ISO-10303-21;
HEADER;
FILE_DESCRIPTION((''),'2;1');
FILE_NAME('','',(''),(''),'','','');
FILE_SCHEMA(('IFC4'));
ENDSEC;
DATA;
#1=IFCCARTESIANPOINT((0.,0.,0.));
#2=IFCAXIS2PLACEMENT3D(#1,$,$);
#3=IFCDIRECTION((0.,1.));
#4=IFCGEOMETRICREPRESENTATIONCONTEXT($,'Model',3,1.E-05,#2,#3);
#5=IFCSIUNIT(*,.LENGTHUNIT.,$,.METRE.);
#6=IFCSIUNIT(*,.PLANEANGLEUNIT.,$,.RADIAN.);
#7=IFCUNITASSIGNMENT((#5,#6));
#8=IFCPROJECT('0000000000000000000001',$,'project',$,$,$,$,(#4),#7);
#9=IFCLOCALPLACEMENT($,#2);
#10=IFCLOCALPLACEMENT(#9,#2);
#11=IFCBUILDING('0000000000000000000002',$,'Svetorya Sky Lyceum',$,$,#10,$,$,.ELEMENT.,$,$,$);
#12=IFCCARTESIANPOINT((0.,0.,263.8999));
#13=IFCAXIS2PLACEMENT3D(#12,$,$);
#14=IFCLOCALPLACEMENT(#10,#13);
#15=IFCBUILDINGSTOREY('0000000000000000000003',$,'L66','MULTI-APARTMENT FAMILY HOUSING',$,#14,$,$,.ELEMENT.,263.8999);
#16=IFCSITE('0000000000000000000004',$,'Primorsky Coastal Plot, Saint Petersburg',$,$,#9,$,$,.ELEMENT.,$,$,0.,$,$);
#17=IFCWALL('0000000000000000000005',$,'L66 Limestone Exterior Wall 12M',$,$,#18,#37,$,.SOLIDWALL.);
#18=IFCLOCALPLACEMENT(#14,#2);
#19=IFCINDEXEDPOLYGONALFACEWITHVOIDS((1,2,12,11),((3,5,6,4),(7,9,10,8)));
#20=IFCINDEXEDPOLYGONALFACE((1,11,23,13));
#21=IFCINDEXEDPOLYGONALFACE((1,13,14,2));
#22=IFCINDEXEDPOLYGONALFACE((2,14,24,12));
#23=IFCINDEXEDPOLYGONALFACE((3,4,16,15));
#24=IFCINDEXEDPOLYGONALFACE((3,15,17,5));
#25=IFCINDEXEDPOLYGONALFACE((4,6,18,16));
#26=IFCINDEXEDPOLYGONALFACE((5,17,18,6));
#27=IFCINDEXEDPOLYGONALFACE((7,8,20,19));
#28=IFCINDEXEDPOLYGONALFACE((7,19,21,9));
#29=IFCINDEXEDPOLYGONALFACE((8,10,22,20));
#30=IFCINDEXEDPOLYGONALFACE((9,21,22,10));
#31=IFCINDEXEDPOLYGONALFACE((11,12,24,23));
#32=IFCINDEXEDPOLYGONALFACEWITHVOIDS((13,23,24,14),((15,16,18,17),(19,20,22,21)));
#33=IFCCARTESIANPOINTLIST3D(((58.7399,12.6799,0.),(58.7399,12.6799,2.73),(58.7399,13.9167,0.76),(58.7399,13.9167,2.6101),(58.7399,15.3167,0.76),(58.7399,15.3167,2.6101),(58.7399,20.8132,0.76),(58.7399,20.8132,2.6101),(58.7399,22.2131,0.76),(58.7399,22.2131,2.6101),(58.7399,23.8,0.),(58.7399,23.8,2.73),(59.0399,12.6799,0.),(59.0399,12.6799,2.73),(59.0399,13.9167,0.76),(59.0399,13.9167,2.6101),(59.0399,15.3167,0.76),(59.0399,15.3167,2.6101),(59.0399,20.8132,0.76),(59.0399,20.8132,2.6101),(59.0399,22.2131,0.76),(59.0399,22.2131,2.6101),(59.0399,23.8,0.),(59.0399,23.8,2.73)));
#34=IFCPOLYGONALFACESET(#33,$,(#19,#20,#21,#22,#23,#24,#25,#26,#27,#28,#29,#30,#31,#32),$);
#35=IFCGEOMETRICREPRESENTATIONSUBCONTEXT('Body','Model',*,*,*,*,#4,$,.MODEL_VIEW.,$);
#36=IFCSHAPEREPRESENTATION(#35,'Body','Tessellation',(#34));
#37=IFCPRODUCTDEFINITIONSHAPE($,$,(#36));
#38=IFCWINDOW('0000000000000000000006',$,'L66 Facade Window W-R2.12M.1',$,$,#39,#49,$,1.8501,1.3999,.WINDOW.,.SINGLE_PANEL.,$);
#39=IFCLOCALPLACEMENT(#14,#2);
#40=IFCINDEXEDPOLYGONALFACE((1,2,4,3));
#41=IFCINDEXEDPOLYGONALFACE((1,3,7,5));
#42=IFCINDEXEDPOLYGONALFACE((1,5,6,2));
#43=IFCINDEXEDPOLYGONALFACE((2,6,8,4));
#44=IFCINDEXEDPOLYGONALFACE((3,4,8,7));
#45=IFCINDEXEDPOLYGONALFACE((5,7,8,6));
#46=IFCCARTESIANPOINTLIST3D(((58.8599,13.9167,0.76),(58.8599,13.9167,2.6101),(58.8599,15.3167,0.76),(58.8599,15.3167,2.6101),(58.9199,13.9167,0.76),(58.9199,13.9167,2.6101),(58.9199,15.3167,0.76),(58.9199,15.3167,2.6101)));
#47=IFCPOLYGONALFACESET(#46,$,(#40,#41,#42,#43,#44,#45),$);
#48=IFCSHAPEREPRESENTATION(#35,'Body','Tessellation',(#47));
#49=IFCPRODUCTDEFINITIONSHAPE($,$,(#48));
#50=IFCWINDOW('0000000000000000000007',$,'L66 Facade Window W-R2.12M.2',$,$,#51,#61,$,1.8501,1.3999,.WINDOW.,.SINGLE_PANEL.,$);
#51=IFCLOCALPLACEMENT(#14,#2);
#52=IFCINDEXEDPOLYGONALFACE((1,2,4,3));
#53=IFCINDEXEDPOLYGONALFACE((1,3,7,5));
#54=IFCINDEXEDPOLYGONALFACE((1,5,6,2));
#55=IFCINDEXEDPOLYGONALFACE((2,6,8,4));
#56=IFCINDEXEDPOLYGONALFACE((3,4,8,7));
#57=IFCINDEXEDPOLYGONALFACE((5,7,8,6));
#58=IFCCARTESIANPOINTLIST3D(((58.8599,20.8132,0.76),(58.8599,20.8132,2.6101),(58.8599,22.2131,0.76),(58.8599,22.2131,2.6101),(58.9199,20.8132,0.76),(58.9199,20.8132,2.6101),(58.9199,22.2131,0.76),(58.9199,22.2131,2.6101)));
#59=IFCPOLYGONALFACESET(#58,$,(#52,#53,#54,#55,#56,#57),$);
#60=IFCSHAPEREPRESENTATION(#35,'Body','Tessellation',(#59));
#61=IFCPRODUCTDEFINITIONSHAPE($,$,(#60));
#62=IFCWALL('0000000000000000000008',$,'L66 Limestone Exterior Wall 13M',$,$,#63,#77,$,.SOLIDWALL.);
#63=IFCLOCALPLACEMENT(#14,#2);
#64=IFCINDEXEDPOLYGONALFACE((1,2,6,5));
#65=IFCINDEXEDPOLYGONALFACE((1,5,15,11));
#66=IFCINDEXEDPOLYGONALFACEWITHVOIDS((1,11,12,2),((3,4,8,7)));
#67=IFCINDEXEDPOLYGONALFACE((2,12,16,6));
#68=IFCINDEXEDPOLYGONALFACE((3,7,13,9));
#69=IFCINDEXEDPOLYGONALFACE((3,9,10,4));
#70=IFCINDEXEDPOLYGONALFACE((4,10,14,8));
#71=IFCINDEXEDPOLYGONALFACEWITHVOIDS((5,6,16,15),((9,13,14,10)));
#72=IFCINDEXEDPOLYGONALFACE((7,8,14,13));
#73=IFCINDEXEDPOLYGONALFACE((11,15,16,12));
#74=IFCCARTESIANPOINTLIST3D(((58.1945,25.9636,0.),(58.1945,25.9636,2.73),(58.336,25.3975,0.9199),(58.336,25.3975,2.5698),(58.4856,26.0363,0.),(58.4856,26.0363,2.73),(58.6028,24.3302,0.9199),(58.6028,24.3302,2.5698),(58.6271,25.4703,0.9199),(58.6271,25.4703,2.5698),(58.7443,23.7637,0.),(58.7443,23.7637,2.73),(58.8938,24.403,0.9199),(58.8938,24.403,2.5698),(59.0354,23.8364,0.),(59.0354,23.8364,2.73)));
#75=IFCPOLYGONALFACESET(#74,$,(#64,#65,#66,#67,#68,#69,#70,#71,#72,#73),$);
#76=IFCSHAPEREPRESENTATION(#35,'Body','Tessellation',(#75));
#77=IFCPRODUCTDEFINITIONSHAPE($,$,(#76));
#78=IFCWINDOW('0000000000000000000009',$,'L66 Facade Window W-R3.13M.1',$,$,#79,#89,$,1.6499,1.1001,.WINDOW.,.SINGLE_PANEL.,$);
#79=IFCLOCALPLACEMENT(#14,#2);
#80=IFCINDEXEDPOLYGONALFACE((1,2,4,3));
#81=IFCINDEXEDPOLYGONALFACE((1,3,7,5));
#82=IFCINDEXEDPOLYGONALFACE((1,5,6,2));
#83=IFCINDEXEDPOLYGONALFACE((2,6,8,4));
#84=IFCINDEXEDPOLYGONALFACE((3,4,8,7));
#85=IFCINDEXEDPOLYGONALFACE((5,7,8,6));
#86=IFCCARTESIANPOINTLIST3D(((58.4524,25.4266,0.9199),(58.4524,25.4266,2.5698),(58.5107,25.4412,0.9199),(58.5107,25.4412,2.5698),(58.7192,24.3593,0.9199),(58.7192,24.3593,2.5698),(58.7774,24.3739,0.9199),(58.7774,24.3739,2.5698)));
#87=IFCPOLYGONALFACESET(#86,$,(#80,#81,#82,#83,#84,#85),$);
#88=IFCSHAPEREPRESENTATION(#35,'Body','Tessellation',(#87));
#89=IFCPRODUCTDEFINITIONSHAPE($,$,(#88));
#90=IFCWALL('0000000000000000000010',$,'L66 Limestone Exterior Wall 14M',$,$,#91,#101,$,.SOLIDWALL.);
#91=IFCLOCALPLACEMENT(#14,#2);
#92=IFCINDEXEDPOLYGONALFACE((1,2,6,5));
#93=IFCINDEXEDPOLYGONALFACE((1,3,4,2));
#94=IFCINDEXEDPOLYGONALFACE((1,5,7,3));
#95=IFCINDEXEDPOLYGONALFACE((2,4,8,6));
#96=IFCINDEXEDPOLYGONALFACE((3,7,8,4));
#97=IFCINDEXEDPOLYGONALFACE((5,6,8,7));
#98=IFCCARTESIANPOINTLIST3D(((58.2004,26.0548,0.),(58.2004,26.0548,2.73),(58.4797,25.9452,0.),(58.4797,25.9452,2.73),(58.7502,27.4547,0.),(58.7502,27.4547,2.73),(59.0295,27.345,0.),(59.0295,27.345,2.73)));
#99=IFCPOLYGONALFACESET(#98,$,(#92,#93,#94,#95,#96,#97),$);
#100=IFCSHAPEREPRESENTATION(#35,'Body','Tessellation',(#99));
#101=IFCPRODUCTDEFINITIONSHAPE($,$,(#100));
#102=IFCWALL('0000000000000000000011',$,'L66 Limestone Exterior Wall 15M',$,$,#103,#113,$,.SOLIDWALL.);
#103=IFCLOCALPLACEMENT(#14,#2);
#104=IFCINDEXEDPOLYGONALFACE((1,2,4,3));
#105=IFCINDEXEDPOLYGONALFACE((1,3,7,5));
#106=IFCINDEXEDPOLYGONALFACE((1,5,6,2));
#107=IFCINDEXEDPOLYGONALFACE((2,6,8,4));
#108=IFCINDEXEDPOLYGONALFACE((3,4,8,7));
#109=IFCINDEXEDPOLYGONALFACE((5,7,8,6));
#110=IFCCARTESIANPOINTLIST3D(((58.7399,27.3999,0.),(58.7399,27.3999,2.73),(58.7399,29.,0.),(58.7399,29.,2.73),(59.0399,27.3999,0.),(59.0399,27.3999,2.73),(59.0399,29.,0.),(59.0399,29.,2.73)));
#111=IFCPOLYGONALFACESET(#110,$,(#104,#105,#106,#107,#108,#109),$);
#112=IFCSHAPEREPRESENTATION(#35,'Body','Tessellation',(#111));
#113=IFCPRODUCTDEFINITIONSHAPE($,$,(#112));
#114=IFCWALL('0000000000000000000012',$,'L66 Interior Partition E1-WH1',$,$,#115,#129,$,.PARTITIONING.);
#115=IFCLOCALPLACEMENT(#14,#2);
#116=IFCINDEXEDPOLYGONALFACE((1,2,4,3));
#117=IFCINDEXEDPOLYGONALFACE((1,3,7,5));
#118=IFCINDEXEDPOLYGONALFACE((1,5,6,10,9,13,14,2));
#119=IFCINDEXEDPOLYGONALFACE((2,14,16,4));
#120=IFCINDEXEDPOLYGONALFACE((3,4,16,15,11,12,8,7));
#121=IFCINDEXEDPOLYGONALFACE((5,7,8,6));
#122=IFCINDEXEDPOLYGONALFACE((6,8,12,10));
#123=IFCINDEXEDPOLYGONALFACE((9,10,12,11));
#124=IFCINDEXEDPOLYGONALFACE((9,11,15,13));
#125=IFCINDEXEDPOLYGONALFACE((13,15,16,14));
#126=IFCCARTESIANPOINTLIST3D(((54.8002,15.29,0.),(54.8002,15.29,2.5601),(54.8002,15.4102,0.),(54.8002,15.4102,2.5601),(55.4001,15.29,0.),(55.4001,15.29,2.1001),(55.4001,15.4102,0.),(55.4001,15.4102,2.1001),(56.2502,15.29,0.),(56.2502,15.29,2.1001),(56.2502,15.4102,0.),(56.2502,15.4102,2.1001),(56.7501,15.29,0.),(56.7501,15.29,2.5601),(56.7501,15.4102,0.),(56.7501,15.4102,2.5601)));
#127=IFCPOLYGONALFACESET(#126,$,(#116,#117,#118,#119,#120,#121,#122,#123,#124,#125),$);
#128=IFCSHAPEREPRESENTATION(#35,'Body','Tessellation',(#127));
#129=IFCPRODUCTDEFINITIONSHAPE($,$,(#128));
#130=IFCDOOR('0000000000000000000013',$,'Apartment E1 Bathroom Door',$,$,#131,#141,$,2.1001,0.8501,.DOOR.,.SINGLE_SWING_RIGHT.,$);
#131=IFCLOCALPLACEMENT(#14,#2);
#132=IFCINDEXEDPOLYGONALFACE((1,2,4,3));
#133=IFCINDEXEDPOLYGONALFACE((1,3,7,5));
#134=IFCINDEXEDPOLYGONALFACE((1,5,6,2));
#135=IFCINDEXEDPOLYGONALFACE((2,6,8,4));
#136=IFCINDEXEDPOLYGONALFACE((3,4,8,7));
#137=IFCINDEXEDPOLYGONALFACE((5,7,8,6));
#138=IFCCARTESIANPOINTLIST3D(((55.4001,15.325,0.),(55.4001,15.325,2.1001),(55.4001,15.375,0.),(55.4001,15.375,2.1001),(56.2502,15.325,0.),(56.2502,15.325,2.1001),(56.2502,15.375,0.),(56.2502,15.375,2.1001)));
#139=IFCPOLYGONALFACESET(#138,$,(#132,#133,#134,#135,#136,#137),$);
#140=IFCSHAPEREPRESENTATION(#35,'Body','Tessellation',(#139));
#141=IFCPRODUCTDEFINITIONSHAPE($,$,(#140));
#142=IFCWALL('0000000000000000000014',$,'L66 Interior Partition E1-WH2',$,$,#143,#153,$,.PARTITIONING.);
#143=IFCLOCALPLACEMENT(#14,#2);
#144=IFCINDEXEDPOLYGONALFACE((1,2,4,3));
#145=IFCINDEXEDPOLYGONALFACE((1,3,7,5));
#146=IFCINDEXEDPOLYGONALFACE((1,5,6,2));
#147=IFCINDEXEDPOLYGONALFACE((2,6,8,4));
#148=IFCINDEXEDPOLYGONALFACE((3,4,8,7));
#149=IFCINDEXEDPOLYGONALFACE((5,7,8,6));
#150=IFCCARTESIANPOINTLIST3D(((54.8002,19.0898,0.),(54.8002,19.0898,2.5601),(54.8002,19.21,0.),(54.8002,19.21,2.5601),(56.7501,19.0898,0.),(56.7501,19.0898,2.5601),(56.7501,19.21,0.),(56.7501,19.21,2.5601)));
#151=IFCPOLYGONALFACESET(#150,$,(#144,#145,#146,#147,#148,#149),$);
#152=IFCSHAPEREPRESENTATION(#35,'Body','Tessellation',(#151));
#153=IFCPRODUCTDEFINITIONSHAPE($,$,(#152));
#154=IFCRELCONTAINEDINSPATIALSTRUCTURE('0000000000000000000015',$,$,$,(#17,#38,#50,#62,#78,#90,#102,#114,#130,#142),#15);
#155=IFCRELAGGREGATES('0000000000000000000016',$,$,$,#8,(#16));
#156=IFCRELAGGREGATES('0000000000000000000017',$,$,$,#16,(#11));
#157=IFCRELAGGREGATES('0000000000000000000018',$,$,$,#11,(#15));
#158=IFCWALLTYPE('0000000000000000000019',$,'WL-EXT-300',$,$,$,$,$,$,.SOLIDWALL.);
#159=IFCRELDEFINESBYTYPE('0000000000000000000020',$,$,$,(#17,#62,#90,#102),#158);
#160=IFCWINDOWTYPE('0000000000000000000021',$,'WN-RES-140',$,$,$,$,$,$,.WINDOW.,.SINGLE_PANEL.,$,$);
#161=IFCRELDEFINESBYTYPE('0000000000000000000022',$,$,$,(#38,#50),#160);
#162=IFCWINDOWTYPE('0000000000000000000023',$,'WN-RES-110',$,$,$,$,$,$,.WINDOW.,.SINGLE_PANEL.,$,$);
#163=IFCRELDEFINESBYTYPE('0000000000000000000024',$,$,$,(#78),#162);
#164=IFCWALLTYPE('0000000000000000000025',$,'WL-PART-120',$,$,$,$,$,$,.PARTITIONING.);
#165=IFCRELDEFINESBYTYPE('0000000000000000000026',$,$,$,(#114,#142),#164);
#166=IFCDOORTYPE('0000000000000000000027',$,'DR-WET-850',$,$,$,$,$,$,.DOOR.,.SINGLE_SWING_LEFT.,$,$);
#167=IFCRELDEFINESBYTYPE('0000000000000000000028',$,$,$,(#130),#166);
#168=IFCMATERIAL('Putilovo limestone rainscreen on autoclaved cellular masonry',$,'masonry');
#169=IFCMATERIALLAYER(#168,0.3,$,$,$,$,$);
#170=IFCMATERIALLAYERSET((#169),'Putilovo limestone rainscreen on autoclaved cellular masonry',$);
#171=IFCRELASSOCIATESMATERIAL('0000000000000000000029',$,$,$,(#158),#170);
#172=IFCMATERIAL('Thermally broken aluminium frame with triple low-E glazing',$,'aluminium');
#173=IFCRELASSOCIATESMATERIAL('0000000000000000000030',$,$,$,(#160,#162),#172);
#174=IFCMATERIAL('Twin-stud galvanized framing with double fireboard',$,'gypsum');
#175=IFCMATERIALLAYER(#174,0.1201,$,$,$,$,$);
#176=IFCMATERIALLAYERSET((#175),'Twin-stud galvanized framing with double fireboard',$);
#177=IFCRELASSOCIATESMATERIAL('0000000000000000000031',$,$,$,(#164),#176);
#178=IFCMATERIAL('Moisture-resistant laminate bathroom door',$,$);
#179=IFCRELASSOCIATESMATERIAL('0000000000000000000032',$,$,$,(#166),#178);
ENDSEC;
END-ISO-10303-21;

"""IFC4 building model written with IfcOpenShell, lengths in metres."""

from ifc_helpers import new_model, si_unit, direction, frame, frame_2d, origin, place, context, subcontext, project, spatial, rectangle, extrude, material, layer, layer_set, type_object, element, fill, save


model = new_model("IFC4")

# Units and contexts
model_context = context("Model", 3, precision=1e-05, world=origin(), true_north=direction((0.0, 1.0)))
body_context = subcontext(model_context, "Body", "Model", "MODEL_VIEW")
ifc_project = project(units=[si_unit("LENGTHUNIT", "METRE"), si_unit("PLANEANGLEUNIT", "RADIAN")], contexts=[model_context])

# Site, building, storey
site_placement = place(None, origin())
site = spatial("IfcSite", under=ifc_project, at=site_placement, Name="Primorsky Coastal Plot, Saint Petersburg", CompositionType="ELEMENT", RefElevation=0.0)
building_placement = place(site_placement, origin())
building = spatial("IfcBuilding", under=site, at=building_placement, Name="Svetorya Sky Lyceum", CompositionType="ELEMENT")
storey_placement = place(building_placement, frame((0.0, 0.0, 263.8999)))
storey = spatial("IfcBuildingStorey", under=building, at=storey_placement, Name="L66", Description="MULTI-APARTMENT FAMILY HOUSING", CompositionType="ELEMENT", Elevation=263.8999)

# Shared definitions
ifc_material_1 = material(Name="Putilovo limestone rainscreen on autoclaved cellular masonry", Category="masonry")
ifc_layer_1 = layer(ifc_material_1, 0.3)
ifc_layer_set_1 = layer_set([ifc_layer_1], Name="Putilovo limestone rainscreen on autoclaved cellular masonry")
wall_type_1 = type_object("IfcWallType", Name="WL-EXT-300", PredefinedType="SOLIDWALL", material=ifc_layer_set_1)

# Wall, openings, windows
wall_1_placement = place(storey_placement, frame((58.8899, 12.6799, 0.0), z_axis=(0.0, 0.0, 1.0), x_axis=(0.0, 1.0, 0.0)))
wall_1 = element("IfcWall", 1, at=wall_1_placement, inside=storey, type_object=wall_type_1, Name="L66 Limestone Exterior Wall 12M", PredefinedType="SOLIDWALL", context=body_context, shape_type="SweptSolid", body=[
    extrude(rectangle(XDim=11.1201, YDim=0.3, at=frame_2d((5.5601, 0.0))), origin(), (0.0, 0.0, 1.0), 2.73),
])
opening_1_placement = place(wall_1_placement, frame((1.2368, 0.0, 0.76)))
opening_1 = element("IfcOpeningElement", 2, at=opening_1_placement, cuts=wall_1, PredefinedType="OPENING", context=body_context, shape_type="SweptSolid", body=[
    extrude(rectangle(XDim=1.3999, YDim=1.8501, at=frame_2d((0.7, 0.925))), frame((0.0, 0.1599, 0.0), z_axis=(0.0, -1.0, 0.0), x_axis=(1.0, 0.0, 0.0)), (0.0, 0.0, 1.0), 0.3201),
])
opening_2_placement = place(wall_1_placement, frame((8.1333, 0.0, 0.76)))
opening_2 = element("IfcOpeningElement", 3, at=opening_2_placement, cuts=wall_1, PredefinedType="OPENING", context=body_context, shape_type="SweptSolid", body=[
    extrude(rectangle(XDim=1.3999, YDim=1.8501, at=frame_2d((0.7, 0.925))), frame((0.0, 0.1599, 0.0), z_axis=(0.0, -1.0, 0.0), x_axis=(1.0, 0.0, 0.0)), (0.0, 0.0, 1.0), 0.3201),
])
ifc_material_2 = material(Name="Thermally broken aluminium frame with triple low-E glazing", Category="aluminium")
window_type_1 = type_object("IfcWindowType", Name="WN-RES-140", PartitioningType="SINGLE_PANEL", PredefinedType="WINDOW", material=ifc_material_2)
window_1_placement = place(opening_1_placement, origin())
window_1 = element("IfcWindow", 4, at=window_1_placement, inside=storey, type_object=window_type_1, Name="L66 Facade Window W-R2.12M.1", OverallHeight=1.8501, OverallWidth=1.3999, PartitioningType="SINGLE_PANEL", PredefinedType="WINDOW", context=body_context, shape_type="SweptSolid", body=[
    extrude(rectangle(XDim=1.3999, YDim=1.8501, at=frame_2d((0.7, 0.925))), frame((0.0, 0.03, 0.0), z_axis=(0.0, -1.0, 0.0), x_axis=(1.0, 0.0, 0.0)), (0.0, 0.0, 1.0), 0.0601),
])
fill(opening_1, window_1)
window_2_placement = place(opening_2_placement, origin())
window_2 = element("IfcWindow", 5, at=window_2_placement, inside=storey, type_object=window_type_1, Name="L66 Facade Window W-R2.12M.2", OverallHeight=1.8501, OverallWidth=1.3999, PartitioningType="SINGLE_PANEL", PredefinedType="WINDOW", context=body_context, shape_type="SweptSolid", body=[
    extrude(rectangle(XDim=1.3999, YDim=1.8501, at=frame_2d((0.7, 0.925))), frame((0.0, 0.03, 0.0), z_axis=(0.0, -1.0, 0.0), x_axis=(1.0, 0.0, 0.0)), (0.0, 0.0, 1.0), 0.0601),
])
fill(opening_2, window_2)

# Wall, opening, window
wall_2_placement = place(storey_placement, frame((58.8899, 23.8, 0.0), z_axis=(0.0, 0.0, 1.0), x_axis=(-0.24246, 0.970161, 0.0)))
wall_2 = element("IfcWall", 6, at=wall_2_placement, inside=storey, type_object=wall_type_1, Name="L66 Limestone Exterior Wall 13M", PredefinedType="SOLIDWALL", context=body_context, shape_type="SweptSolid", body=[
    extrude(rectangle(XDim=2.2676, YDim=0.3, at=frame_2d((1.1338, 0.0))), origin(), (0.0, 0.0, 1.0), 2.73),
])
opening_3_placement = place(wall_2_placement, frame((0.584, 0.0, 0.9199)))
opening_3 = element("IfcOpeningElement", 7, at=opening_3_placement, cuts=wall_2, PredefinedType="OPENING", context=body_context, shape_type="SweptSolid", body=[
    extrude(rectangle(XDim=1.1001, YDim=1.6499, at=frame_2d((0.55, 0.825))), frame((0.0, 0.1599, 0.0), z_axis=(0.0, -1.0, 0.0), x_axis=(1.0, 0.0, 0.0)), (0.0, 0.0, 1.0), 0.3201),
])
window_type_2 = type_object("IfcWindowType", Name="WN-RES-110", PartitioningType="SINGLE_PANEL", PredefinedType="WINDOW", material=ifc_material_2)
window_3_placement = place(opening_3_placement, origin())
window_3 = element("IfcWindow", 8, at=window_3_placement, inside=storey, type_object=window_type_2, Name="L66 Facade Window W-R3.13M.1", OverallHeight=1.6499, OverallWidth=1.1001, PartitioningType="SINGLE_PANEL", PredefinedType="WINDOW", context=body_context, shape_type="SweptSolid", body=[
    extrude(rectangle(XDim=1.1001, YDim=1.6499, at=frame_2d((0.55, 0.825))), frame((0.0, 0.03, 0.0), z_axis=(0.0, -1.0, 0.0), x_axis=(1.0, 0.0, 0.0)), (0.0, 0.0, 1.0), 0.0601),
])
fill(opening_3, window_3)

# Walls
wall_3_placement = place(storey_placement, frame((58.3401, 26.0, 0.0), z_axis=(0.0, 0.0, 1.0), x_axis=(0.365562, 0.930787, 0.0)))
element("IfcWall", 9, at=wall_3_placement, inside=storey, type_object=wall_type_1, Name="L66 Limestone Exterior Wall 14M", PredefinedType="SOLIDWALL", context=body_context, shape_type="SweptSolid", body=[
    extrude(rectangle(XDim=1.5039, YDim=0.3, at=frame_2d((0.752, 0.0))), origin(), (0.0, 0.0, 1.0), 2.73),
])
wall_4_placement = place(storey_placement, frame((58.8899, 27.3999, 0.0), z_axis=(0.0, 0.0, 1.0), x_axis=(0.0, 1.0, 0.0)))
element("IfcWall", 10, at=wall_4_placement, inside=storey, type_object=wall_type_1, Name="L66 Limestone Exterior Wall 15M", PredefinedType="SOLIDWALL", context=body_context, shape_type="SweptSolid", body=[
    extrude(rectangle(XDim=1.6001, YDim=0.3, at=frame_2d((0.8, 0.0))), origin(), (0.0, 0.0, 1.0), 2.73),
])

# Wall, opening, door
ifc_material_3 = material(Name="Twin-stud galvanized framing with double fireboard", Category="gypsum")
ifc_layer_2 = layer(ifc_material_3, 0.1201)
ifc_layer_set_2 = layer_set([ifc_layer_2], Name="Twin-stud galvanized framing with double fireboard")
wall_type_2 = type_object("IfcWallType", Name="WL-PART-120", PredefinedType="PARTITIONING", material=ifc_layer_set_2)
wall_5_placement = place(storey_placement, frame((54.8, 15.3501, 0.0), z_axis=(0.0, 0.0, 1.0), x_axis=(1.0, 0.0, 0.0)))
wall_5 = element("IfcWall", 11, at=wall_5_placement, inside=storey, type_object=wall_type_2, Name="L66 Interior Partition E1-WH1", PredefinedType="PARTITIONING", context=body_context, shape_type="SweptSolid", body=[
    extrude(rectangle(XDim=1.95, YDim=0.1201, at=frame_2d((0.9751, 0.0))), origin(), (0.0, 0.0, 1.0), 2.5601),
])
opening_4_placement = place(wall_5_placement, frame((0.6001, 0.0, 0.0)))
opening_4 = element("IfcOpeningElement", 12, at=opening_4_placement, cuts=wall_5, PredefinedType="OPENING", context=body_context, shape_type="SweptSolid", body=[
    extrude(rectangle(XDim=0.8501, YDim=2.1001, at=frame_2d((0.425, 1.05))), frame((0.0, 0.0701, 0.0), z_axis=(0.0, -1.0, 0.0), x_axis=(1.0, 0.0, 0.0)), (0.0, 0.0, 1.0), 0.1401),
])
ifc_material_4 = material(Name="Moisture-resistant laminate bathroom door")
door_type_1 = type_object("IfcDoorType", Name="DR-WET-850", OperationType="SINGLE_SWING_LEFT", PredefinedType="DOOR", material=ifc_material_4)
door_1_placement = place(opening_4_placement, origin())
door_1 = element("IfcDoor", 13, at=door_1_placement, inside=storey, type_object=door_type_1, Name="Apartment E1 Bathroom Door", OperationType="SINGLE_SWING_RIGHT", OverallHeight=2.1001, OverallWidth=0.8501, PredefinedType="DOOR", context=body_context, shape_type="SweptSolid", body=[
    extrude(rectangle(XDim=0.8501, YDim=2.1001, at=frame_2d((0.425, 1.05))), frame((0.0, 0.0249, 0.0), z_axis=(0.0, -1.0, 0.0), x_axis=(1.0, 0.0, 0.0)), (0.0, 0.0, 1.0), 0.05),
])
fill(opening_4, door_1)

# Wall
wall_6_placement = place(storey_placement, frame((54.8, 19.1499, 0.0), z_axis=(0.0, 0.0, 1.0), x_axis=(1.0, 0.0, 0.0)))
element("IfcWall", 14, at=wall_6_placement, inside=storey, type_object=wall_type_2, Name="L66 Interior Partition E1-WH2", PredefinedType="PARTITIONING", context=body_context, shape_type="SweptSolid", body=[
    extrude(rectangle(XDim=1.95, YDim=0.1201, at=frame_2d((0.9751, 0.0))), origin(), (0.0, 0.0, 1.0), 2.5601),
])

save(model, "model.ifc")
